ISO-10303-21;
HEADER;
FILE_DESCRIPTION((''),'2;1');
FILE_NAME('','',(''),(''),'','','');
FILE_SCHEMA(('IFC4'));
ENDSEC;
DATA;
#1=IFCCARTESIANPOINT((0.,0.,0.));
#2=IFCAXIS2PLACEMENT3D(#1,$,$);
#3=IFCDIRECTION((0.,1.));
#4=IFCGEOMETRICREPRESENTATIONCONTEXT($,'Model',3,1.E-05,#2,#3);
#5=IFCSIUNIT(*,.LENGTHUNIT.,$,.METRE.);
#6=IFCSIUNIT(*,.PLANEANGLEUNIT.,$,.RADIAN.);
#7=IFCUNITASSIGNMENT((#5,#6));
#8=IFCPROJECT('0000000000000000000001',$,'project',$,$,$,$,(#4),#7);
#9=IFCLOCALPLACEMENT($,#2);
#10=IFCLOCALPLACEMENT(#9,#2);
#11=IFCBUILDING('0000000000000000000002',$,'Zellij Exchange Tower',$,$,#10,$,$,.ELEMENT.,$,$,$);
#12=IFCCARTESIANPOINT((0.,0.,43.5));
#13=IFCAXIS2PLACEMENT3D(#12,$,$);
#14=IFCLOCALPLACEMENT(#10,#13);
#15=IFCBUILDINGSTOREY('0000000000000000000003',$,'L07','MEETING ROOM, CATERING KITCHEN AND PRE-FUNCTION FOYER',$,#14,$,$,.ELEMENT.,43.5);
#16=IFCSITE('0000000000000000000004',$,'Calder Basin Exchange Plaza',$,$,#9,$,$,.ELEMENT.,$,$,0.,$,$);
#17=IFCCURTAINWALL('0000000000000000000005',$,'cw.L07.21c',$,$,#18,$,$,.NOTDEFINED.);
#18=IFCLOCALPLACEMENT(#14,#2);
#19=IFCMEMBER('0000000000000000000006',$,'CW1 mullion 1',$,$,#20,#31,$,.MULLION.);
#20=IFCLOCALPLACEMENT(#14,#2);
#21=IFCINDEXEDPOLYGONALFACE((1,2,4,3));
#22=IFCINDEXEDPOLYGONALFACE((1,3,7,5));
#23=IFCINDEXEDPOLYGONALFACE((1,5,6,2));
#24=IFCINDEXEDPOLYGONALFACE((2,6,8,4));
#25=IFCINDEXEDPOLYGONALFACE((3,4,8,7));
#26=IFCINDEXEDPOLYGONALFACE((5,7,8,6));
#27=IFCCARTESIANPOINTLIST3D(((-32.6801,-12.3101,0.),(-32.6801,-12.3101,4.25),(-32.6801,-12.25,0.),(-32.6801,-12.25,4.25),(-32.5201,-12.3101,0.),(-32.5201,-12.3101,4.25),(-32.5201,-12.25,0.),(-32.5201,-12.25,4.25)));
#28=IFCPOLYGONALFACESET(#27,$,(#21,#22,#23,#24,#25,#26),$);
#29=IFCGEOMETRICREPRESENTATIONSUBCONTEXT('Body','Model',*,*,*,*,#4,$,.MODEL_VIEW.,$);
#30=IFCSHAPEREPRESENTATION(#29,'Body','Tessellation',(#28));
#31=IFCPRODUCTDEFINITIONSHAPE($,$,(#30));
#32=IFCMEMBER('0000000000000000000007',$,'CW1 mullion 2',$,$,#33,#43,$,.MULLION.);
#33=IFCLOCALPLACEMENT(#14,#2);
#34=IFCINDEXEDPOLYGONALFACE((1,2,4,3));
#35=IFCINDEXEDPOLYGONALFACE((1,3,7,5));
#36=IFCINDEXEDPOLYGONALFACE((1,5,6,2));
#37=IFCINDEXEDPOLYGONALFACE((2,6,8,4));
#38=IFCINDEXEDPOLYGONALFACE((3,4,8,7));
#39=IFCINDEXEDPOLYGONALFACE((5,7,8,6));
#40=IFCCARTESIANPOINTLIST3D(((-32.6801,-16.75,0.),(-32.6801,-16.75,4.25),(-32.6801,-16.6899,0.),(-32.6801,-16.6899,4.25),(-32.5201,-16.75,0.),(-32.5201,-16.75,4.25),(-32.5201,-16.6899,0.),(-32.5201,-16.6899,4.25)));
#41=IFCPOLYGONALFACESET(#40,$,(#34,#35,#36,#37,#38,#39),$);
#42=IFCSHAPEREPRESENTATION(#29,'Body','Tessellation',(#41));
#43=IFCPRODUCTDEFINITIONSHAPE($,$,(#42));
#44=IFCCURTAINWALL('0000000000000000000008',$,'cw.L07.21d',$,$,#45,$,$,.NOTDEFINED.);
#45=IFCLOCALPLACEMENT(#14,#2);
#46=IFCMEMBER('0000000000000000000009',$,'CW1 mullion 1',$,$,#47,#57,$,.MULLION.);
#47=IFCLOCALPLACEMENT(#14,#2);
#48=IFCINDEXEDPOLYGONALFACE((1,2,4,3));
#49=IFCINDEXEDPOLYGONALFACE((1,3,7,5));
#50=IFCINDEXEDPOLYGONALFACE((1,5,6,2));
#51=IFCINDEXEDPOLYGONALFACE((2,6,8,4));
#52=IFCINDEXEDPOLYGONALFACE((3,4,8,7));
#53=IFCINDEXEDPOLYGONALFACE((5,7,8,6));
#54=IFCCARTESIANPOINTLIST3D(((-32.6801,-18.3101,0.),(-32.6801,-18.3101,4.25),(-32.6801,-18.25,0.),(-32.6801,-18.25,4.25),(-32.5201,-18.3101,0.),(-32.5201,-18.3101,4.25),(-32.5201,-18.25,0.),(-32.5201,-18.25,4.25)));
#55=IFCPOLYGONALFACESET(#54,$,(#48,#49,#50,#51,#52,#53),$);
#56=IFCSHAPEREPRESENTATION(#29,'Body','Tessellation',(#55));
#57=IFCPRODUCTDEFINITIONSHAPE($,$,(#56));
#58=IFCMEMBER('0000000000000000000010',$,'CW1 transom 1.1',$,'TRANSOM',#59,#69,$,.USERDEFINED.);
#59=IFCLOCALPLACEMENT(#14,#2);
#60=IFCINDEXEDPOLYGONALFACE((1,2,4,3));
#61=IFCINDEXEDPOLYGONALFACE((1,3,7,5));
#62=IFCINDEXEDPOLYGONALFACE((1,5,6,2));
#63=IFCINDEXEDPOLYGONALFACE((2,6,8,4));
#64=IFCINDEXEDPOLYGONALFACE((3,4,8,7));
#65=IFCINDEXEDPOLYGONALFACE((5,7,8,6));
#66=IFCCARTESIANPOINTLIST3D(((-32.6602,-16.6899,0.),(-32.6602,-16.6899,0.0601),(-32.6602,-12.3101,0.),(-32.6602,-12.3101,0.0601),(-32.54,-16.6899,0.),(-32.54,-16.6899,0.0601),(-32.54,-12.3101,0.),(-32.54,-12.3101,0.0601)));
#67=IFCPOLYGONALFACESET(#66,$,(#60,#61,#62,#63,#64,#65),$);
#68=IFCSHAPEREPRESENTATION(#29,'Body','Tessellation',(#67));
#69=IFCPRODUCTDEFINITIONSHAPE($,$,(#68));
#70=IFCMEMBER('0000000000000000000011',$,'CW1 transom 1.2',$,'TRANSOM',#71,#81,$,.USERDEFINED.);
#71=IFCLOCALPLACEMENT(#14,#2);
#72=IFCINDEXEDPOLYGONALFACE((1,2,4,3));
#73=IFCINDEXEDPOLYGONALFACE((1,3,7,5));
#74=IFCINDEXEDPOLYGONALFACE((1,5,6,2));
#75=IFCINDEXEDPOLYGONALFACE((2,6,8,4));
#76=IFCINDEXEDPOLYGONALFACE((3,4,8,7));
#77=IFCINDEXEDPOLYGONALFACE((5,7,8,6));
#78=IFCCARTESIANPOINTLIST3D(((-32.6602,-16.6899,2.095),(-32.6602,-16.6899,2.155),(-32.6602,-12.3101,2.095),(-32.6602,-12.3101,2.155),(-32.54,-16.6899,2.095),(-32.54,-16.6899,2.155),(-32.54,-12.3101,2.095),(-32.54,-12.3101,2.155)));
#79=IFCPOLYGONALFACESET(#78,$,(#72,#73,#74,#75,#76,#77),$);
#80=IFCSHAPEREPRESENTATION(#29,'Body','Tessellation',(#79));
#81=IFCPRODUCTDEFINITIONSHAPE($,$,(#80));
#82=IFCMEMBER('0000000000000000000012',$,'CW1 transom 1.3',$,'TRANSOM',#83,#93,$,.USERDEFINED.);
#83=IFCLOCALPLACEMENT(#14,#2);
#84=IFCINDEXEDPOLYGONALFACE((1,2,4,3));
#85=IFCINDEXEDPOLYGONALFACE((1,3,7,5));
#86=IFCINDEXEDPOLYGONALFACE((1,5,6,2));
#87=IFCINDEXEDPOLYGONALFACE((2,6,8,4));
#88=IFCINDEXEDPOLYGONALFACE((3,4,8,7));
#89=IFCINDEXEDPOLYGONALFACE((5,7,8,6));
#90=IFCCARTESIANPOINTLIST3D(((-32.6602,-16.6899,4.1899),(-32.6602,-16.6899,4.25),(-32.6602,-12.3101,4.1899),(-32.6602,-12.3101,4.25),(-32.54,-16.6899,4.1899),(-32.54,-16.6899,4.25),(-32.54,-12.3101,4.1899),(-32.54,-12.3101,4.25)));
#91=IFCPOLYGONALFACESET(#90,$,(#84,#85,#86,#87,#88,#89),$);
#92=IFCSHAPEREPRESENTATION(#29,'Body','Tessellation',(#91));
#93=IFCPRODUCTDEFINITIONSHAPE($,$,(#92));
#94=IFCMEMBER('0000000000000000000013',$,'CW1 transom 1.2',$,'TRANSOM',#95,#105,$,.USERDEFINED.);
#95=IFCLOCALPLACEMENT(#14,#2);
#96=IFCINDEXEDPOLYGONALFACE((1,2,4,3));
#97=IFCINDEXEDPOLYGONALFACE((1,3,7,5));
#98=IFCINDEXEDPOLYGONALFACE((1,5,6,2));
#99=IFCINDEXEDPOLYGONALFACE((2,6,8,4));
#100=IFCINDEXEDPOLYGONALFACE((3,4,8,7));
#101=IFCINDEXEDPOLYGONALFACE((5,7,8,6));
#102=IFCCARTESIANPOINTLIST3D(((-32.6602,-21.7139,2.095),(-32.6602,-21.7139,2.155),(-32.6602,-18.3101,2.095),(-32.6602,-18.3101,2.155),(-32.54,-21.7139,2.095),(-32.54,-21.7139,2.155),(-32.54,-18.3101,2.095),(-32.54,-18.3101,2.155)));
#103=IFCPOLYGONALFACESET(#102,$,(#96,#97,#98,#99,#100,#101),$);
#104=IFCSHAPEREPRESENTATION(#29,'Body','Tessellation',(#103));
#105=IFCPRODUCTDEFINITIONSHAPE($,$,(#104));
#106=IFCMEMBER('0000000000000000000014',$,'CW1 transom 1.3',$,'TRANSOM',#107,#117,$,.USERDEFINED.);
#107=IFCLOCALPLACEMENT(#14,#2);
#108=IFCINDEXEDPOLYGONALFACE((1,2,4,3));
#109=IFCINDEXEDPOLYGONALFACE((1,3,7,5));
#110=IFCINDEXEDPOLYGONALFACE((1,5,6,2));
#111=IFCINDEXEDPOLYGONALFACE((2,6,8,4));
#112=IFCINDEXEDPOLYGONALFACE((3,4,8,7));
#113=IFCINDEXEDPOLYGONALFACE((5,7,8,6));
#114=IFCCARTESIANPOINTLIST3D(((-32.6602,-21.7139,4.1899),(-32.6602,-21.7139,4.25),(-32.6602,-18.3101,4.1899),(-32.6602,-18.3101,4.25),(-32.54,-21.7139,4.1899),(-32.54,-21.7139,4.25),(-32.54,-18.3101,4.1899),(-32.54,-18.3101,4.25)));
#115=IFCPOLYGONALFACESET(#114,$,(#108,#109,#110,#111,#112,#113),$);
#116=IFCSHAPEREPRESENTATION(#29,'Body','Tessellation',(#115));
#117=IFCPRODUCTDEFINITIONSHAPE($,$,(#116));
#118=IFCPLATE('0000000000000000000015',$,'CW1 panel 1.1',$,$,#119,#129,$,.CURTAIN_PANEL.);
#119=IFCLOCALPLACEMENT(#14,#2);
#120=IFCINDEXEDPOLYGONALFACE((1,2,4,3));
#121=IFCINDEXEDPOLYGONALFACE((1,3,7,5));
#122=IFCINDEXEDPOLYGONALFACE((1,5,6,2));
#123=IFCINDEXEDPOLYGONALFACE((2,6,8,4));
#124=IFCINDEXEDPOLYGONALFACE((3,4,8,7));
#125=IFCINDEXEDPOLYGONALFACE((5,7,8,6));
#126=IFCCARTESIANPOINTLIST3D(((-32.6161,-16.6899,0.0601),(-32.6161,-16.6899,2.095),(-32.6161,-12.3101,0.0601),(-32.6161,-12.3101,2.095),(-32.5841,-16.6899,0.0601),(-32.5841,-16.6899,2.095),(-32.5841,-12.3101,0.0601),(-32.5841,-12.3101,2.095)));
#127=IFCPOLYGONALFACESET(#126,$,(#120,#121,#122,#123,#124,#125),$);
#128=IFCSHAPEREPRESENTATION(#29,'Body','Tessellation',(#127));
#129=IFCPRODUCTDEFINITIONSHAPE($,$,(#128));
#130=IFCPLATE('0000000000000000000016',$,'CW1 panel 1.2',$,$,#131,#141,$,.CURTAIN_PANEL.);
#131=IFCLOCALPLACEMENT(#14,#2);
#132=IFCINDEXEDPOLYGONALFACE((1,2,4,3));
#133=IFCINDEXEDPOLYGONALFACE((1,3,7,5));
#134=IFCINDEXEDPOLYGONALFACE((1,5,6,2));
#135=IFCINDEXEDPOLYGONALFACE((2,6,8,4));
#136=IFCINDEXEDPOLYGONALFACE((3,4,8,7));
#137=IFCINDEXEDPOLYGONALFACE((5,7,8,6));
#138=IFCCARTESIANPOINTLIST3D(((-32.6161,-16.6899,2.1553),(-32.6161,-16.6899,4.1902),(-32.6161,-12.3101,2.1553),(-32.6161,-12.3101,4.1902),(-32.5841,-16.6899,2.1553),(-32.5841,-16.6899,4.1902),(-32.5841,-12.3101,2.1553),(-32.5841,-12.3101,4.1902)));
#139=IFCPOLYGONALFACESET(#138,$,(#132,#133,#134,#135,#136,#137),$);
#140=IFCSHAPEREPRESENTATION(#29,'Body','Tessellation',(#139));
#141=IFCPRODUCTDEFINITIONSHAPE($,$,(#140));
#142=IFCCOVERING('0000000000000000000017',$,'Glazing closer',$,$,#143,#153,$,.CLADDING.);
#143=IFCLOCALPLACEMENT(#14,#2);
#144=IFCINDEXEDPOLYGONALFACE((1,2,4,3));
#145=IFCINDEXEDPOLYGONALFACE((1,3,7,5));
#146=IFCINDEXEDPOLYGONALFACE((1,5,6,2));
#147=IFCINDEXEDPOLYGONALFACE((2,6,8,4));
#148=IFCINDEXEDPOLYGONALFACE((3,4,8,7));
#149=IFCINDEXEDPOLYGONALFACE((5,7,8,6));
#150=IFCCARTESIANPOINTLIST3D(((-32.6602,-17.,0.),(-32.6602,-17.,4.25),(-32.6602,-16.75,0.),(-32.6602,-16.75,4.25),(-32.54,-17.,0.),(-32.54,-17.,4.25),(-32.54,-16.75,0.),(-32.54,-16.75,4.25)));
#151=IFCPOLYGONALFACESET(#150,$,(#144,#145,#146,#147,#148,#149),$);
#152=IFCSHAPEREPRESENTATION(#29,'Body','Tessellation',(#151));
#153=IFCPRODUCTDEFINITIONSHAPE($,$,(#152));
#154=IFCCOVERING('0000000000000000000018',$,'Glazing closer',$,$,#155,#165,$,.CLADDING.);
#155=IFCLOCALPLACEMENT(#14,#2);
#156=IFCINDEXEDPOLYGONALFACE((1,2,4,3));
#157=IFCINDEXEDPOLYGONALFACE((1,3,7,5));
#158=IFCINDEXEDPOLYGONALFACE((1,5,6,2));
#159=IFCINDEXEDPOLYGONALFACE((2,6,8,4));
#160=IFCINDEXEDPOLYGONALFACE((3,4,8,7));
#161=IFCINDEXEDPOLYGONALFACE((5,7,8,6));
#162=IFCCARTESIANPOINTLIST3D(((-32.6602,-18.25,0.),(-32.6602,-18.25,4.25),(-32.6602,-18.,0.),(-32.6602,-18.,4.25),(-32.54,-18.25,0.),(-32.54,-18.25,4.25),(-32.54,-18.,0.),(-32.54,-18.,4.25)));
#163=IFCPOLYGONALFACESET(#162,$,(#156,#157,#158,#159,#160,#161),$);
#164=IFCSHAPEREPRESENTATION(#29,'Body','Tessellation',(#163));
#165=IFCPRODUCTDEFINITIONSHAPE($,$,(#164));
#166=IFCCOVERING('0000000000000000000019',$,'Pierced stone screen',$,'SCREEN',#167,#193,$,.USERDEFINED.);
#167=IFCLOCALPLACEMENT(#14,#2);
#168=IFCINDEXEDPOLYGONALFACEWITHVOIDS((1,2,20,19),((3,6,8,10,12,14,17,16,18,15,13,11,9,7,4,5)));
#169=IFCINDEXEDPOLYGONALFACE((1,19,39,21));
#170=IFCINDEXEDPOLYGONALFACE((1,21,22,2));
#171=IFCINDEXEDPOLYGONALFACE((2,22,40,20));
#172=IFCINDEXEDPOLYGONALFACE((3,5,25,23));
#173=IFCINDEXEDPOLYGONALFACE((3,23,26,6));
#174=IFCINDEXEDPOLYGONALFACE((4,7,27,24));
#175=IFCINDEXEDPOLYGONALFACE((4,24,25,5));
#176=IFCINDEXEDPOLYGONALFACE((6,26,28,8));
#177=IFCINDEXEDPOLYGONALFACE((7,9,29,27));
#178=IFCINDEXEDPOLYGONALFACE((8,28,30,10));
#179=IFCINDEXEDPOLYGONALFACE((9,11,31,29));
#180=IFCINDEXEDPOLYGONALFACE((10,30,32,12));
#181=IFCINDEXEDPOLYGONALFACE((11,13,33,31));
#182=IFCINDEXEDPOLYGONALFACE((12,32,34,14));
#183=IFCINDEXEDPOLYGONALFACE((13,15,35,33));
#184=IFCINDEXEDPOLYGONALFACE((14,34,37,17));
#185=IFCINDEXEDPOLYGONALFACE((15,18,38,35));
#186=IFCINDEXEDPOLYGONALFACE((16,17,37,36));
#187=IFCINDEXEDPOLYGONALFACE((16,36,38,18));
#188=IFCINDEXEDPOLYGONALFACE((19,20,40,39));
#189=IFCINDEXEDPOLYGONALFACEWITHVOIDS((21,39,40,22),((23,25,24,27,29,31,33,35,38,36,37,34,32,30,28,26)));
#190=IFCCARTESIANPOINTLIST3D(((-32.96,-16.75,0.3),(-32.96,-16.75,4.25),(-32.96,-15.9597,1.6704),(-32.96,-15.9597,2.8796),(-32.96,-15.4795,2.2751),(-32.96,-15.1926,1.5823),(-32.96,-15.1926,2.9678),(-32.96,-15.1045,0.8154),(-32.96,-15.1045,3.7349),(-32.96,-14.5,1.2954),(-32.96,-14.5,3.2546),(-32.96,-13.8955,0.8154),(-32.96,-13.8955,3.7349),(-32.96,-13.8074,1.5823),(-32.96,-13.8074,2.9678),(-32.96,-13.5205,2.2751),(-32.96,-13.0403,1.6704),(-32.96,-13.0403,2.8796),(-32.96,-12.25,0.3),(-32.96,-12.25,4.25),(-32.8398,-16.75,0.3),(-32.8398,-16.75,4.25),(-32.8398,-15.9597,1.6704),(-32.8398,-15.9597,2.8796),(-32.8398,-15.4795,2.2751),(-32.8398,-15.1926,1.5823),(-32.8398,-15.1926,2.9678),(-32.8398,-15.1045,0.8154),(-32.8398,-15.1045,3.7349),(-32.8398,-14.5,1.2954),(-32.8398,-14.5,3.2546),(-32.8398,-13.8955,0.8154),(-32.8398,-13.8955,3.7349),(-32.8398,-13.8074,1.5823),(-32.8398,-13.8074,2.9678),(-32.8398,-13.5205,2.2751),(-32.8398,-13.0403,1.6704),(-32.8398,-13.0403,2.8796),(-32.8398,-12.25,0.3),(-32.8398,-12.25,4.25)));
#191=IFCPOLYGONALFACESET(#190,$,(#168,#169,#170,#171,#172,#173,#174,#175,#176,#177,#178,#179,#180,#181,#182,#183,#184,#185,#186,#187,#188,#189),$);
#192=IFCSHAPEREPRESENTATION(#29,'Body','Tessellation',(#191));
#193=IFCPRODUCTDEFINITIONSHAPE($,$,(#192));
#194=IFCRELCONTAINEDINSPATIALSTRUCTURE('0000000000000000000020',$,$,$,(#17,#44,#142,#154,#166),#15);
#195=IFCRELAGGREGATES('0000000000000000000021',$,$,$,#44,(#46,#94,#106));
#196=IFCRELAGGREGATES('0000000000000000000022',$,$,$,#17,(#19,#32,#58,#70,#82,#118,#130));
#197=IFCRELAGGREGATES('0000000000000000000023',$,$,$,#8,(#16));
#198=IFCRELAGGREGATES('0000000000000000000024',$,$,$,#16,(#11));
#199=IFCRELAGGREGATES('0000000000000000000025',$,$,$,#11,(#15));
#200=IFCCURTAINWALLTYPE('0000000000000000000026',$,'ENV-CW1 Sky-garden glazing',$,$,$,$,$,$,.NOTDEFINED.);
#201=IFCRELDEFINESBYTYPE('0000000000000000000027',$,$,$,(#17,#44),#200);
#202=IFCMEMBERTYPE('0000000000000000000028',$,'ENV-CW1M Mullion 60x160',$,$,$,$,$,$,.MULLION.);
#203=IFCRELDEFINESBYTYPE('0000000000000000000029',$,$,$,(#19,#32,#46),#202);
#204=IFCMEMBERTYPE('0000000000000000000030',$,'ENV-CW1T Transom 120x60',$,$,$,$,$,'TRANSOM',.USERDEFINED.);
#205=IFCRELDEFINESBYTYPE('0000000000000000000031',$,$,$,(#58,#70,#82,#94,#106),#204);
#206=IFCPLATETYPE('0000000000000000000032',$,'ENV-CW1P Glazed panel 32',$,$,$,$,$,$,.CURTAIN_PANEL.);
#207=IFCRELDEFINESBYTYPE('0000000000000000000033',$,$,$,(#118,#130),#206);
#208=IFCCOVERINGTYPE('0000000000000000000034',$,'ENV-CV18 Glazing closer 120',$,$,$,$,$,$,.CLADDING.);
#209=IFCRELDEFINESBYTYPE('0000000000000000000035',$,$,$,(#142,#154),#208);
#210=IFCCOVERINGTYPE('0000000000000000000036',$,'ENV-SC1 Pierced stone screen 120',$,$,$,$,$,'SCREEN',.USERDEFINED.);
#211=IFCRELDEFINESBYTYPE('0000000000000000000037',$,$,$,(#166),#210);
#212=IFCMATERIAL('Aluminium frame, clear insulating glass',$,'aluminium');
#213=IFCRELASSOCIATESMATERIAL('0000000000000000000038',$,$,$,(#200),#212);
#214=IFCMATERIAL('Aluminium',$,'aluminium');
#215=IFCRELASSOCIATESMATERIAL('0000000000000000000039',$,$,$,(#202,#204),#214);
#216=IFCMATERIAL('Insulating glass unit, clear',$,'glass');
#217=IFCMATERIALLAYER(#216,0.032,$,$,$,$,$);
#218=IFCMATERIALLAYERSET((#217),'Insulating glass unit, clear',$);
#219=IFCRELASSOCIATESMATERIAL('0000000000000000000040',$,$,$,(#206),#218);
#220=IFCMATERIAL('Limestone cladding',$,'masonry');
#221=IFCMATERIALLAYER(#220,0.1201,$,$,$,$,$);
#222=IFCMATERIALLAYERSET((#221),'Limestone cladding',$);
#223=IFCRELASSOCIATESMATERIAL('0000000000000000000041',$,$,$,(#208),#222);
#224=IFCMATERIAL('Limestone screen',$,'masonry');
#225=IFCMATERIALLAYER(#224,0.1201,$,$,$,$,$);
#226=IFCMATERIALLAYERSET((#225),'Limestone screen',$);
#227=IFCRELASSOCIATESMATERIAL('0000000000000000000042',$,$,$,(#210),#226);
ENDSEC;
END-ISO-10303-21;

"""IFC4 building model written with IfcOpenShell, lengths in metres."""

from ifc_helpers import new_model, si_unit, direction, frame, origin, origin_2d, place, context, subcontext, project, spatial, polyline, rectangle, outline, extrude, material, layer, layer_set, material_profile, profile_set, type_object, element, aggregate, save


model = new_model("IFC4")

# Units and contexts
model_context = context("Model", 3, precision=1e-05, world=origin(), true_north=direction((0.0, 1.0)))
body_context = subcontext(model_context, "Body", "Model", "MODEL_VIEW")
ifc_project = project(units=[si_unit("LENGTHUNIT", "METRE"), si_unit("PLANEANGLEUNIT", "RADIAN")], contexts=[model_context])

# Site, building, storey
site_placement = place(None, origin())
site = spatial("IfcSite", under=ifc_project, at=site_placement, Name="Calder Basin Exchange Plaza", CompositionType="ELEMENT", RefElevation=0.0)
building_placement = place(site_placement, origin())
building = spatial("IfcBuilding", under=site, at=building_placement, Name="Zellij Exchange Tower", CompositionType="ELEMENT")
storey_placement = place(building_placement, frame((0.0, 0.0, 43.5)))
storey = spatial("IfcBuildingStorey", under=building, at=storey_placement, Name="L07", Description="MEETING ROOM, CATERING KITCHEN AND PRE-FUNCTION FOYER", CompositionType="ELEMENT", Elevation=43.5)

# Curtain wall, members
ifc_material_1 = material(Name="Aluminium frame, clear insulating glass", Category="aluminium")
curtain_wall_type = type_object("IfcCurtainWallType", Name="ENV-CW1 Sky-garden glazing", PredefinedType="NOTDEFINED", material=ifc_material_1)
curtain_wall_1_placement = place(storey_placement, origin())
curtain_wall_1 = element("IfcCurtainWall", 1, at=curtain_wall_1_placement, inside=storey, type_object=curtain_wall_type, Name="cw.L07.21c", PredefinedType="NOTDEFINED")
ifc_material_2 = material(Name="Aluminium", Category="aluminium")
ifc_material_profile_1 = material_profile(ifc_material_2, rectangle(XDim=0.0601, YDim=0.1599, at=origin_2d()), Name="AL 60x160")
ifc_profile_set_1 = profile_set([ifc_material_profile_1], Name="Aluminium")
member_type_1 = type_object("IfcMemberType", Name="ENV-CW1M Mullion 60x160", PredefinedType="MULLION", material=ifc_profile_set_1)
member_1_placement = place(storey_placement, frame((-32.6001, -12.28, 0.0), z_axis=(0.0, 0.0, 1.0), x_axis=(0.0, -1.0, 0.0)))
member_1 = element("IfcMember", 2, at=member_1_placement, type_object=member_type_1, Name="CW1 mullion 1", PredefinedType="MULLION", context=body_context, shape_type="SweptSolid", body=[
    extrude(rectangle(XDim=0.0601, YDim=0.1599, at=origin_2d()), origin(), (0.0, 0.0, 1.0), 4.25),
])
member_2_placement = place(storey_placement, frame((-32.6001, -16.72, 0.0), z_axis=(0.0, 0.0, 1.0), x_axis=(0.0, -1.0, 0.0)))
member_2 = element("IfcMember", 3, at=member_2_placement, type_object=member_type_1, Name="CW1 mullion 2", PredefinedType="MULLION", context=body_context, shape_type="SweptSolid", body=[
    extrude(rectangle(XDim=0.0601, YDim=0.1599, at=origin_2d()), origin(), (0.0, 0.0, 1.0), 4.25),
])

# Curtain wall, member
curtain_wall_2_placement = place(storey_placement, origin())
curtain_wall_2 = element("IfcCurtainWall", 4, at=curtain_wall_2_placement, inside=storey, type_object=curtain_wall_type, Name="cw.L07.21d", PredefinedType="NOTDEFINED")
member_3_placement = place(storey_placement, frame((-32.6001, -18.28, 0.0), z_axis=(0.0, 0.0, 1.0), x_axis=(0.0, -1.0, 0.0)))
member_3 = element("IfcMember", 5, at=member_3_placement, type_object=member_type_1, Name="CW1 mullion 1", PredefinedType="MULLION", context=body_context, shape_type="SweptSolid", body=[
    extrude(rectangle(XDim=0.0601, YDim=0.1599, at=origin_2d()), origin(), (0.0, 0.0, 1.0), 4.25),
])

# Members
ifc_material_profile_2 = material_profile(ifc_material_2, rectangle(XDim=0.1201, YDim=0.0601, at=origin_2d()), Name="AL 120x60")
ifc_profile_set_2 = profile_set([ifc_material_profile_2], Name="Aluminium")
member_type_2 = type_object("IfcMemberType", Name="ENV-CW1T Transom 120x60", ElementType="TRANSOM", PredefinedType="USERDEFINED", material=ifc_profile_set_2)
member_4_placement = place(storey_placement, frame((-32.6001, -12.3101, 0.03), z_axis=(0.0, -1.0, 0.0), x_axis=(1.0, 0.0, 0.0)))
member_4 = element("IfcMember", 6, at=member_4_placement, type_object=member_type_2, Name="CW1 transom 1.1", ObjectType="TRANSOM", PredefinedType="USERDEFINED", context=body_context, shape_type="SweptSolid", body=[
    extrude(rectangle(XDim=0.1201, YDim=0.0601, at=origin_2d()), origin(), (0.0, 0.0, 1.0), 4.3799),
])
member_5_placement = place(storey_placement, frame((-32.6001, -12.3101, 2.125), z_axis=(0.0, -1.0, 0.0), x_axis=(1.0, 0.0, 0.0)))
member_5 = element("IfcMember", 7, at=member_5_placement, type_object=member_type_2, Name="CW1 transom 1.2", ObjectType="TRANSOM", PredefinedType="USERDEFINED", context=body_context, shape_type="SweptSolid", body=[
    extrude(rectangle(XDim=0.1201, YDim=0.0601, at=origin_2d()), origin(), (0.0, 0.0, 1.0), 4.3799),
])
member_6_placement = place(storey_placement, frame((-32.6001, -12.3101, 4.22), z_axis=(0.0, -1.0, 0.0), x_axis=(1.0, 0.0, 0.0)))
member_6 = element("IfcMember", 8, at=member_6_placement, type_object=member_type_2, Name="CW1 transom 1.3", ObjectType="TRANSOM", PredefinedType="USERDEFINED", context=body_context, shape_type="SweptSolid", body=[
    extrude(rectangle(XDim=0.1201, YDim=0.0601, at=origin_2d()), origin(), (0.0, 0.0, 1.0), 4.3799),
])
member_7_placement = place(storey_placement, frame((-32.6001, -18.3101, 2.125), z_axis=(0.0, -1.0, 0.0), x_axis=(1.0, 0.0, 0.0)))
member_7 = element("IfcMember", 9, at=member_7_placement, type_object=member_type_2, Name="CW1 transom 1.2", ObjectType="TRANSOM", PredefinedType="USERDEFINED", context=body_context, shape_type="SweptSolid", body=[
    extrude(rectangle(XDim=0.1201, YDim=0.0601, at=origin_2d()), origin(), (0.0, 0.0, 1.0), 3.4038),
])
member_8_placement = place(storey_placement, frame((-32.6001, -18.3101, 4.22), z_axis=(0.0, -1.0, 0.0), x_axis=(1.0, 0.0, 0.0)))
member_8 = element("IfcMember", 10, at=member_8_placement, type_object=member_type_2, Name="CW1 transom 1.3", ObjectType="TRANSOM", PredefinedType="USERDEFINED", context=body_context, shape_type="SweptSolid", body=[
    extrude(rectangle(XDim=0.1201, YDim=0.0601, at=origin_2d()), origin(), (0.0, 0.0, 1.0), 3.4038),
])
aggregate(curtain_wall_2, [member_3, member_7, member_8])

# Plates
ifc_material_3 = material(Name="Insulating glass unit, clear", Category="glass")
ifc_layer_1 = layer(ifc_material_3, 0.032)
ifc_layer_set_1 = layer_set([ifc_layer_1], Name="Insulating glass unit, clear")
plate_type = type_object("IfcPlateType", Name="ENV-CW1P Glazed panel 32", PredefinedType="CURTAIN_PANEL", material=ifc_layer_set_1)
plate_1_placement = place(storey_placement, frame((-32.6001, -14.5, 0.0601), z_axis=(0.0, 0.0, 1.0), x_axis=(0.0, -1.0, 0.0)))
plate_1 = element("IfcPlate", 11, at=plate_1_placement, type_object=plate_type, Name="CW1 panel 1.1", PredefinedType="CURTAIN_PANEL", context=body_context, shape_type="SweptSolid", body=[
    extrude(rectangle(XDim=4.3799, YDim=0.032, at=origin_2d()), origin(), (0.0, 0.0, 1.0), 2.0349),
])
plate_2_placement = place(storey_placement, frame((-32.6001, -14.5, 2.1553), z_axis=(0.0, 0.0, 1.0), x_axis=(0.0, -1.0, 0.0)))
plate_2 = element("IfcPlate", 12, at=plate_2_placement, type_object=plate_type, Name="CW1 panel 1.2", PredefinedType="CURTAIN_PANEL", context=body_context, shape_type="SweptSolid", body=[
    extrude(rectangle(XDim=4.3799, YDim=0.032, at=origin_2d()), origin(), (0.0, 0.0, 1.0), 2.0349),
])
aggregate(curtain_wall_1, [member_1, member_2, member_4, member_5, member_6, plate_1, plate_2])

# Coverings
ifc_material_4 = material(Name="Limestone cladding", Category="masonry")
ifc_layer_2 = layer(ifc_material_4, 0.1201)
ifc_layer_set_2 = layer_set([ifc_layer_2], Name="Limestone cladding")
covering_type_1 = type_object("IfcCoveringType", Name="ENV-CV18 Glazing closer 120", PredefinedType="CLADDING", material=ifc_layer_set_2)
for number, where, z_axis, x_axis, name in (
    (13, (-32.6001, -16.875, 0.0), (0.0, 0.0, 1.0), (0.0, -1.0, 0.0), "Glazing closer"),
    (14, (-32.6001, -18.125, 0.0), (0.0, 0.0, 1.0), (0.0, 1.0, 0.0), "Glazing closer"),
):
    element("IfcCovering", number, at=place(storey_placement, frame(where, z_axis=z_axis, x_axis=x_axis)), inside=storey, type_object=covering_type_1, Name=name, PredefinedType="CLADDING", context=body_context, shape_type="SweptSolid", body=[
        extrude(rectangle(XDim=0.25, YDim=0.1201, at=origin_2d()), origin(), (0.0, 0.0, 1.0), 4.25),
    ])
ifc_material_5 = material(Name="Limestone screen", Category="masonry")
ifc_layer_3 = layer(ifc_material_5, 0.1201)
ifc_layer_set_3 = layer_set([ifc_layer_3], Name="Limestone screen")
covering_type_2 = type_object("IfcCoveringType", Name="ENV-SC1 Pierced stone screen 120", ElementType="SCREEN", PredefinedType="USERDEFINED", material=ifc_layer_set_3)
covering_1_placement = place(storey_placement, frame((-32.8999, -12.25, 0.3), z_axis=(0.0, 0.0, 1.0), x_axis=(0.0, -1.0, 0.0)))
element("IfcCovering", 15, at=covering_1_placement, inside=storey, type_object=covering_type_2, Name="Pierced stone screen", ObjectType="SCREEN", PredefinedType="USERDEFINED", context=body_context, shape_type="SweptSolid", body=[
    extrude(outline(polyline([(0.0, 0.0), (4.5, 0.0), (4.5, 3.95), (0.0, 3.95), (0.0, 0.0)]), holes=[polyline([(3.7097, 2.5796), (2.9426, 2.6677), (2.8545, 3.4348), (2.25, 2.9546), (1.6455, 3.4348), (1.5574, 2.6677), (0.7903, 2.5796), (1.2705, 1.9751), (0.7903, 1.3704), (1.5574, 1.2822), (1.6455, 0.5154), (2.25, 0.9954), (2.8545, 0.5154), (2.9426, 1.2822), (3.7097, 1.3704), (3.2295, 1.9751), (3.7097, 2.5796)])]), frame((0.0, 0.0601, 0.0), z_axis=(0.0, -1.0, 0.0), x_axis=(1.0, 0.0, 0.0)), (0.0, 0.0, 1.0), 0.1201),
])

save(model, "model.ifc")
